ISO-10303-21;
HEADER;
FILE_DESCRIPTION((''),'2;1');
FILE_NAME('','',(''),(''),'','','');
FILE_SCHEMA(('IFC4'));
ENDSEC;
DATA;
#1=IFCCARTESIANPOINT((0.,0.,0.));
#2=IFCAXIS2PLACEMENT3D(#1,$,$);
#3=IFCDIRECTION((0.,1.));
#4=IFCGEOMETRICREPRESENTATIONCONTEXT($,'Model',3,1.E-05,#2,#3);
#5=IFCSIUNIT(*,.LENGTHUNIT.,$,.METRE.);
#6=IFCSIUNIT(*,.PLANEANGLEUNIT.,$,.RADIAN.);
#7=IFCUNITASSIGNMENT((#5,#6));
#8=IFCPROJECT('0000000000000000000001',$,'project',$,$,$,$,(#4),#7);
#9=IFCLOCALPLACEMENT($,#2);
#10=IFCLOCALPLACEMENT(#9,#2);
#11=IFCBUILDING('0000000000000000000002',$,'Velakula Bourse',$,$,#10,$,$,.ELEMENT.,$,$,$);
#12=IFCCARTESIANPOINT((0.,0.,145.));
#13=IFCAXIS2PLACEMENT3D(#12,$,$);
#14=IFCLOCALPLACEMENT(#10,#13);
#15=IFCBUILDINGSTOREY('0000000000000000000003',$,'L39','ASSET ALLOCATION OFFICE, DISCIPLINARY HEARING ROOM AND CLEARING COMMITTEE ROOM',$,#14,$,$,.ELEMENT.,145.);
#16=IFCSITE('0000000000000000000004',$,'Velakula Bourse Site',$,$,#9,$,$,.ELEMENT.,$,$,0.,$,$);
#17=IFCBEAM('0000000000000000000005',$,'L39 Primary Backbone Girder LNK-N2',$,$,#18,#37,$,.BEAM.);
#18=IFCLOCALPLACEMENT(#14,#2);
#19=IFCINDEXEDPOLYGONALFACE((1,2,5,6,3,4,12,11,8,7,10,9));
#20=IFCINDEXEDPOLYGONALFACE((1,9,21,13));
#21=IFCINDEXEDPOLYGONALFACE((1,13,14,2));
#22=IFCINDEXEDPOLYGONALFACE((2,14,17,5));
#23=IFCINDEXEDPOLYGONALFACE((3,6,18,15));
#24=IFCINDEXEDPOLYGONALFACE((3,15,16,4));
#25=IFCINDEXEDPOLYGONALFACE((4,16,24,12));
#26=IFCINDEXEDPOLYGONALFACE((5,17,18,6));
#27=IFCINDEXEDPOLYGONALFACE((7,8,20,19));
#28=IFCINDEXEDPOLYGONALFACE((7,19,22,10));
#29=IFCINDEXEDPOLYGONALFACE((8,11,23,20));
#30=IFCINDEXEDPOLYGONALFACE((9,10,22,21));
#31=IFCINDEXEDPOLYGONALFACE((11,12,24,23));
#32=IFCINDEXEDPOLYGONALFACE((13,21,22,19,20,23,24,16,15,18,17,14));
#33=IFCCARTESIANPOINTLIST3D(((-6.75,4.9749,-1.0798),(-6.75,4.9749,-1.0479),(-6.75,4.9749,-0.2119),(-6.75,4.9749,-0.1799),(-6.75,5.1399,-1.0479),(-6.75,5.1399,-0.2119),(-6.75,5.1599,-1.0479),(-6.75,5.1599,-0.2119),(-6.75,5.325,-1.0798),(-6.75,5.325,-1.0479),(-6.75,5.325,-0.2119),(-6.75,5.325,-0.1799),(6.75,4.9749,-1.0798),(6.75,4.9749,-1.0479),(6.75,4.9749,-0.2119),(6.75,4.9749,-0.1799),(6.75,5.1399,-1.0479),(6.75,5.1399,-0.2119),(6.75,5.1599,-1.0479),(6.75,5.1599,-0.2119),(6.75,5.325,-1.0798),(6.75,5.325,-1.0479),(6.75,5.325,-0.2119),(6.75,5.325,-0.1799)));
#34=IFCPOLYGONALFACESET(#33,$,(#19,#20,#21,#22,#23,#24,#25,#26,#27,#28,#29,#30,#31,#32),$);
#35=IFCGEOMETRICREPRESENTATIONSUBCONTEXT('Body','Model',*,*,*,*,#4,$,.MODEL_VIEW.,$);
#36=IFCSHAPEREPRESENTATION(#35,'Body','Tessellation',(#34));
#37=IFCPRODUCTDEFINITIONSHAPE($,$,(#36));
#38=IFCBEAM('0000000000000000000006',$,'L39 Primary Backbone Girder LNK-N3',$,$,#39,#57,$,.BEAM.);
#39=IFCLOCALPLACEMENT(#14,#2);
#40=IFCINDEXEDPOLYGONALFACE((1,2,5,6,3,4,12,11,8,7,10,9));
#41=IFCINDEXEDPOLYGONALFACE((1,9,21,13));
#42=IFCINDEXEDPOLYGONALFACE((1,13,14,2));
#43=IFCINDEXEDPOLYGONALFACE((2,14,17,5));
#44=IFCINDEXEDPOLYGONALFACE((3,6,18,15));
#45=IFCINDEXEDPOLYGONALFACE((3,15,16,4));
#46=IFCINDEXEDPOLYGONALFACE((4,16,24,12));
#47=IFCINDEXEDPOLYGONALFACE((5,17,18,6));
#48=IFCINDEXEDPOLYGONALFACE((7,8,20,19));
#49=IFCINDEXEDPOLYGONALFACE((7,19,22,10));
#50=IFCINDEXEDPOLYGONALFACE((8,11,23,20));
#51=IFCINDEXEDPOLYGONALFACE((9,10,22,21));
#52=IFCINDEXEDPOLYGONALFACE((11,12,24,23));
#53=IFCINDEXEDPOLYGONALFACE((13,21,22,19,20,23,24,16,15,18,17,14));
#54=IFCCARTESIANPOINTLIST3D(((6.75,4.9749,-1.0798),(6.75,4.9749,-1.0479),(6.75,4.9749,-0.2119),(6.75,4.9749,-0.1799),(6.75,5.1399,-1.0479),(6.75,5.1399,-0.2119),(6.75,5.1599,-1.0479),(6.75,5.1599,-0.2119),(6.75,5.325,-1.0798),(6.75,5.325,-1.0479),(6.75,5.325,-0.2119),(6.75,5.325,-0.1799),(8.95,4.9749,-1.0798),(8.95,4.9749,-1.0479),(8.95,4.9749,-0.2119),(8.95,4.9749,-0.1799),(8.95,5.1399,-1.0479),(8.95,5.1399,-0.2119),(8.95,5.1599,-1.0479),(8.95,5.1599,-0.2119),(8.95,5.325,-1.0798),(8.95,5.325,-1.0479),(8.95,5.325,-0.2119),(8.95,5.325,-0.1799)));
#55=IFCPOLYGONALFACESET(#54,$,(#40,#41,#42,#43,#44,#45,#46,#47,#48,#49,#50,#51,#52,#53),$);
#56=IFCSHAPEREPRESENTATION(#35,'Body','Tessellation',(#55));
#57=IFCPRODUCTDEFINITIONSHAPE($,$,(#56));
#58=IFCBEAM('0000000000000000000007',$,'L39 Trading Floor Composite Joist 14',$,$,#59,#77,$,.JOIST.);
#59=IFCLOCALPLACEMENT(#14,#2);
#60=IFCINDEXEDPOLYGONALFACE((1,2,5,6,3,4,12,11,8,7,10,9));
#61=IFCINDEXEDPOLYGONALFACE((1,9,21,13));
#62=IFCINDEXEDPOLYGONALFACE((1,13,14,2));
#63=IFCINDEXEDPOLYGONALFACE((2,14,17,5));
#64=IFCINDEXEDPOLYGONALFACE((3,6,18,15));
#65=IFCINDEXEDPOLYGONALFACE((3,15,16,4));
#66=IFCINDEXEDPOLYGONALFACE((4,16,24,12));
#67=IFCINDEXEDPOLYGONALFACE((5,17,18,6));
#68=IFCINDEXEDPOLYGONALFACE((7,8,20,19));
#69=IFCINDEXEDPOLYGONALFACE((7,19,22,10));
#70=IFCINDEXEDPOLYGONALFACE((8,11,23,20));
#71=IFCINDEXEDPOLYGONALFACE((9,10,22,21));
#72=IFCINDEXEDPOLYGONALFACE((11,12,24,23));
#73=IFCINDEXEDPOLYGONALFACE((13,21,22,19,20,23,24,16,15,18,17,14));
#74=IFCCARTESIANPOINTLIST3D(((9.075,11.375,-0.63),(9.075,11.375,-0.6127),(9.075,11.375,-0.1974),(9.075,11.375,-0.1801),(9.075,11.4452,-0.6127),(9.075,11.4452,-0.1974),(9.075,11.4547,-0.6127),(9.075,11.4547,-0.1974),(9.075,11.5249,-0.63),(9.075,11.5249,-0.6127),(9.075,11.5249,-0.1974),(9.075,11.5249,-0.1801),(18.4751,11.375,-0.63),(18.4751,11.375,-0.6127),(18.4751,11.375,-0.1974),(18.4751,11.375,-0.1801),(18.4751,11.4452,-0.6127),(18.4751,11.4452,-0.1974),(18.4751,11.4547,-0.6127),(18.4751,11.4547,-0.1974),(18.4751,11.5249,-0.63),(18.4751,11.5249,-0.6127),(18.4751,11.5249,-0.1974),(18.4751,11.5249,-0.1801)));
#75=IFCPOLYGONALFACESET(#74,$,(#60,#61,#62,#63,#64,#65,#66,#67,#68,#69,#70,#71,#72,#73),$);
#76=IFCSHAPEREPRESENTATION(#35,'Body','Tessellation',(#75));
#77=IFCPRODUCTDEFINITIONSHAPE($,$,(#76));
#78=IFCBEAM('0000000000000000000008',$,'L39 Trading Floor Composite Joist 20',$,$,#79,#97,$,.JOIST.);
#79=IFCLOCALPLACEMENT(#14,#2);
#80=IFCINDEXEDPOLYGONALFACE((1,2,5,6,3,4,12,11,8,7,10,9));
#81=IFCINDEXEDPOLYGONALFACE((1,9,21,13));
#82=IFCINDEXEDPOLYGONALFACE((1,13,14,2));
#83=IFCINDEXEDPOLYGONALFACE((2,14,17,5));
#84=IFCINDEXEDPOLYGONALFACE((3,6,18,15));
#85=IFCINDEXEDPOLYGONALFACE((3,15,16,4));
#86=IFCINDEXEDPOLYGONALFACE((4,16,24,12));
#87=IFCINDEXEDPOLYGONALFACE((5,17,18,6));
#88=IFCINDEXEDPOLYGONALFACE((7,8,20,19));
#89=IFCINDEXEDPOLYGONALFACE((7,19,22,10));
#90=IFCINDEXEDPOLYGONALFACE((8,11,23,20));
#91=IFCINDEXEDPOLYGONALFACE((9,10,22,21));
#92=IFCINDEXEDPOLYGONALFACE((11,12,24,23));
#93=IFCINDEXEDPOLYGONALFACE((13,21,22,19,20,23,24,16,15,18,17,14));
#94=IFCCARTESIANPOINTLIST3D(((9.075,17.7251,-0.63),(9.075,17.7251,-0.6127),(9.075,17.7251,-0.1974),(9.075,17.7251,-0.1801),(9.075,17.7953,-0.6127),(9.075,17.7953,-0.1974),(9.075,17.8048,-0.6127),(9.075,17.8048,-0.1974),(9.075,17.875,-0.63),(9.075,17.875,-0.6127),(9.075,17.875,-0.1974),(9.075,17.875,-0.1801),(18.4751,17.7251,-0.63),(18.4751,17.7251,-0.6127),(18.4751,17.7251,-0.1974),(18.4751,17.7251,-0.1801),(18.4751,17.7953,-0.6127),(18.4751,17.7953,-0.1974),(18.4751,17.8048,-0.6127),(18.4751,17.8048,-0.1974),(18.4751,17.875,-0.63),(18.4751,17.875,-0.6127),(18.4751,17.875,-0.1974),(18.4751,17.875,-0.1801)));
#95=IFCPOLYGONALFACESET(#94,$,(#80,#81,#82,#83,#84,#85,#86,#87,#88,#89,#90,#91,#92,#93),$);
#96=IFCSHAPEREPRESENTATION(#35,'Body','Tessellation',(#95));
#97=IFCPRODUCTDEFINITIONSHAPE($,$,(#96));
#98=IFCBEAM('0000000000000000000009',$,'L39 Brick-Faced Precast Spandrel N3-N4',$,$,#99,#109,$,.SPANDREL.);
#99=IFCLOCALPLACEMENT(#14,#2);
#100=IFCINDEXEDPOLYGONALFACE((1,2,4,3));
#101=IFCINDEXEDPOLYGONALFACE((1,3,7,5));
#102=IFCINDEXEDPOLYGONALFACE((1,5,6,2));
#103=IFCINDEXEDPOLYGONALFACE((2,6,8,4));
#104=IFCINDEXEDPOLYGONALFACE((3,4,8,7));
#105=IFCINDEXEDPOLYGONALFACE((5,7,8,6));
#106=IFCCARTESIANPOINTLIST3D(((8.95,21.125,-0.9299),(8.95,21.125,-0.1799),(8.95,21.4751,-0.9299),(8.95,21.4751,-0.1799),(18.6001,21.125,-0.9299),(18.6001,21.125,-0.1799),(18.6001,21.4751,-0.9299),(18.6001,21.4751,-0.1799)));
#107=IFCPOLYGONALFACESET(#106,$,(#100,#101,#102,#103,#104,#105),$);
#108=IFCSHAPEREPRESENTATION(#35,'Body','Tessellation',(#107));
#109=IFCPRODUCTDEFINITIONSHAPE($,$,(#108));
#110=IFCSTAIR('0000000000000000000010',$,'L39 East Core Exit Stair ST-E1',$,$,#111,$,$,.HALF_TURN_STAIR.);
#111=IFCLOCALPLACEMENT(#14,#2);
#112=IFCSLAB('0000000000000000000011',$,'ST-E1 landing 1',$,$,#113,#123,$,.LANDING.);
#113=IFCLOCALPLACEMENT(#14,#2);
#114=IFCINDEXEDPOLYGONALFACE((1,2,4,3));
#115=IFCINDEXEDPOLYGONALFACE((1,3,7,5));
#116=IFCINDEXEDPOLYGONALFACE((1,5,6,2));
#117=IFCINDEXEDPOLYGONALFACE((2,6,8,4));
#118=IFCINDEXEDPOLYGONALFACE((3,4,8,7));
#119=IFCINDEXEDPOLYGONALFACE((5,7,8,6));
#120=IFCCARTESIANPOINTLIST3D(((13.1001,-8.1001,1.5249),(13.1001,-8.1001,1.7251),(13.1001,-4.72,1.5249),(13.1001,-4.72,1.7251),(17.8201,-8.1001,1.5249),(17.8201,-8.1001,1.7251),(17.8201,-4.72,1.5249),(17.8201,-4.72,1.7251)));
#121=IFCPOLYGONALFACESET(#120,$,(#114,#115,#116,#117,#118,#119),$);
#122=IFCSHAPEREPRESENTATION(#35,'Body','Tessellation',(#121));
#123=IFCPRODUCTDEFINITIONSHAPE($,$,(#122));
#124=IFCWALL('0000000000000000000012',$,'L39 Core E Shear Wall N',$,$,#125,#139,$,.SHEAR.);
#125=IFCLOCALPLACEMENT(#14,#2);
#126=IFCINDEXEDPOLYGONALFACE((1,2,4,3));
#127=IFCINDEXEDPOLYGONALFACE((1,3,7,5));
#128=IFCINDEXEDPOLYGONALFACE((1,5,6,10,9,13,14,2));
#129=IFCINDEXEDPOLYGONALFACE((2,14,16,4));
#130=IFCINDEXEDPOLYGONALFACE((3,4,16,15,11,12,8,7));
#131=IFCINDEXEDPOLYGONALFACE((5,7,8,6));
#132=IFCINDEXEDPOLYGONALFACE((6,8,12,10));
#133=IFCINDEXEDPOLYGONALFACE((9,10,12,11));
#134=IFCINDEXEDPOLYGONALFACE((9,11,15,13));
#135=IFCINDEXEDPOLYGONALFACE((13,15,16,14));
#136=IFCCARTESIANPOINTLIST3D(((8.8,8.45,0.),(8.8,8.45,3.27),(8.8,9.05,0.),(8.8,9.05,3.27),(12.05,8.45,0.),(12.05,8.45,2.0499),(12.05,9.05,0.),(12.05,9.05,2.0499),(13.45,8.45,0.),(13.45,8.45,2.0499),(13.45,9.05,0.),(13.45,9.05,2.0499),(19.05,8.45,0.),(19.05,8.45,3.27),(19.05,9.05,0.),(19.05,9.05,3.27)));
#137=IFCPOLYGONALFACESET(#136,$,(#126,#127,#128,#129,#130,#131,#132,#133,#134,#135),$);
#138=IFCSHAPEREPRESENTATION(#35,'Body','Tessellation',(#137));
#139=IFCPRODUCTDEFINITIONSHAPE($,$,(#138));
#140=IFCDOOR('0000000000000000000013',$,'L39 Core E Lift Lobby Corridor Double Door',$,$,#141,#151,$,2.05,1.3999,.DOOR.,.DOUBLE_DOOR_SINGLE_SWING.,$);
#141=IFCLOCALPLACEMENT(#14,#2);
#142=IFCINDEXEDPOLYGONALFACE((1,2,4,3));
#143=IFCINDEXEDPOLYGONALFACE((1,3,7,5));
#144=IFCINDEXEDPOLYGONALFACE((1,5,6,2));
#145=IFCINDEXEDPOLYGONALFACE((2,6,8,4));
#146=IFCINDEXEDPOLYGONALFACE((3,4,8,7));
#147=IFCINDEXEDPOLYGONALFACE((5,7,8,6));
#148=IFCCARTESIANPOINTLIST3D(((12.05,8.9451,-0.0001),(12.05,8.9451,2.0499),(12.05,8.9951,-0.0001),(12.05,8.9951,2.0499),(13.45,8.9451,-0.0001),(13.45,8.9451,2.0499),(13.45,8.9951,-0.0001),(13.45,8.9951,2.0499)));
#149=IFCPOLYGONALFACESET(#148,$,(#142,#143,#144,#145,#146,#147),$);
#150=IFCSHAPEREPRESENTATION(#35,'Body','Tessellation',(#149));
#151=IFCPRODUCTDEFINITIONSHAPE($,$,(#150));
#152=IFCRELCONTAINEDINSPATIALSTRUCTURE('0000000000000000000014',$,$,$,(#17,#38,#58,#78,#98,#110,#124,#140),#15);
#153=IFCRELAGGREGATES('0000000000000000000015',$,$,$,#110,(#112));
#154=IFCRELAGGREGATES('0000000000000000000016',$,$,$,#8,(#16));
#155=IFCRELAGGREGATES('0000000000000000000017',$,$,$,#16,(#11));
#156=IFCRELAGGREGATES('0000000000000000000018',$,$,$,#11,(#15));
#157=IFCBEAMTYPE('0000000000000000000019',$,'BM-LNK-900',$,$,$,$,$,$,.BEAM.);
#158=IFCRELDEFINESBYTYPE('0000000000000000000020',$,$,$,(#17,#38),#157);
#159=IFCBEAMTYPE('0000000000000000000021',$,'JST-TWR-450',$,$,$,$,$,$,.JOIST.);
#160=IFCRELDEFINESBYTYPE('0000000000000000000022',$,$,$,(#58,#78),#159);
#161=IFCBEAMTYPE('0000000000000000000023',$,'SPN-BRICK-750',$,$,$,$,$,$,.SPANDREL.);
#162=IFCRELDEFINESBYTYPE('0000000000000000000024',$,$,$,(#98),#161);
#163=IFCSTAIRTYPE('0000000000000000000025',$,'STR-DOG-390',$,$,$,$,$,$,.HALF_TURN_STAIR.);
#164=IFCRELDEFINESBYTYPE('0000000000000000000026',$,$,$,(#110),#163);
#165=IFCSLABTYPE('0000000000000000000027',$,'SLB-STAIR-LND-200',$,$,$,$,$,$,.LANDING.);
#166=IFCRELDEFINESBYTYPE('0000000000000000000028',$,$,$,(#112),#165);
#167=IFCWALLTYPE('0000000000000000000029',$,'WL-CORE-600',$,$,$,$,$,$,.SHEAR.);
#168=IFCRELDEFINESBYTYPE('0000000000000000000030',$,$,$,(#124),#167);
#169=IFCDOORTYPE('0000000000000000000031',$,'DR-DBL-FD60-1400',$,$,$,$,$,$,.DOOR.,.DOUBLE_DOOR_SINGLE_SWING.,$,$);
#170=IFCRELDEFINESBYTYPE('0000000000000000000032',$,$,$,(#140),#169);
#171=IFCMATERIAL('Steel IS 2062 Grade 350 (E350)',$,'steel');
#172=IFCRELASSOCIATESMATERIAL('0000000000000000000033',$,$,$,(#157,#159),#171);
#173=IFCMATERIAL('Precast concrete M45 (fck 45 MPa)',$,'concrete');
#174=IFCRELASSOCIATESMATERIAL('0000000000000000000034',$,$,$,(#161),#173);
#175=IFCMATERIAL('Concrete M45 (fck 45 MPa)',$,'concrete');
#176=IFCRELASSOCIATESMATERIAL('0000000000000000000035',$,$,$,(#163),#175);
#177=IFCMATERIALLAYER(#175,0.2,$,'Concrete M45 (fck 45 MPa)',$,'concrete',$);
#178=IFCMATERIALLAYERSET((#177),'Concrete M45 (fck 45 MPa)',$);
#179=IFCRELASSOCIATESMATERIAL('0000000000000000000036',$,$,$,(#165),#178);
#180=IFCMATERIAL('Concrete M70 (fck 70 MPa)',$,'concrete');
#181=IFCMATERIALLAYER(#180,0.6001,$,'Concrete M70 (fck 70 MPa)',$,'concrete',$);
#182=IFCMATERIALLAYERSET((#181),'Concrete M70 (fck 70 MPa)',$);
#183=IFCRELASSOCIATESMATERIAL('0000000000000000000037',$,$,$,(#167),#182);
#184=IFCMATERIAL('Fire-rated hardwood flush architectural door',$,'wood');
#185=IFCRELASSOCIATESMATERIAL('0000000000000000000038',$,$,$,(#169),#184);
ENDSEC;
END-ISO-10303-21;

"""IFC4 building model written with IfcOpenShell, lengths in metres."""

from ifc_helpers import new_model, si_unit, direction, frame, frame_2d, origin, origin_2d, place, context, subcontext, project, spatial, polyline, rectangle, i_section, outline, extrude, material, layer, layer_set, material_profile, profile_set, type_object, element, fill, aggregate, save


model = new_model("IFC4")

# Units and contexts
model_context = context("Model", 3, precision=1e-05, world=origin(), true_north=direction((0.0, 1.0)))
body_context = subcontext(model_context, "Body", "Model", "MODEL_VIEW")
ifc_project = project(units=[si_unit("LENGTHUNIT", "METRE"), si_unit("PLANEANGLEUNIT", "RADIAN")], contexts=[model_context])

# Site, building, storey
site_placement = place(None, origin())
site = spatial("IfcSite", under=ifc_project, at=site_placement, Name="Velakula Bourse Site", CompositionType="ELEMENT", RefElevation=0.0)
building_placement = place(site_placement, origin())
building = spatial("IfcBuilding", under=site, at=building_placement, Name="Velakula Bourse", CompositionType="ELEMENT")
storey_placement = place(building_placement, frame((0.0, 0.0, 145.0)))
storey = spatial("IfcBuildingStorey", under=building, at=storey_placement, Name="L39", Description="ASSET ALLOCATION OFFICE, DISCIPLINARY HEARING ROOM AND CLEARING COMMITTEE ROOM", CompositionType="ELEMENT", Elevation=145.0)

# Shared definitions
ifc_material_1 = material(Name="Concrete M70 (fck 70 MPa)", Category="concrete")
ifc_material_2 = material(Name="Steel IS 2062 Grade 350 (E350)", Category="steel")

# Beams
ifc_material_profile_1 = material_profile(ifc_material_2, i_section(OverallWidth=0.3501, OverallDepth=0.8999, WebThickness=0.02, FlangeThickness=0.032, at=origin_2d()), Name="Steel IS 2062 Grade 350 (E350)")
ifc_profile_set_1 = profile_set([ifc_material_profile_1], Name="Steel IS 2062 Grade 350 (E350)")
beam_type_1 = type_object("IfcBeamType", Name="BM-LNK-900", PredefinedType="BEAM", material=ifc_profile_set_1)
beam_1_placement = place(storey_placement, frame((-6.75, 5.1499, -0.6299), z_axis=(1.0, 0.0, 0.0), x_axis=(0.0, 1.0, 0.0)))
element("IfcBeam", 1, at=beam_1_placement, inside=storey, type_object=beam_type_1, Name="L39 Primary Backbone Girder LNK-N2", PredefinedType="BEAM", context=body_context, shape_type="SweptSolid", body=[
    extrude(i_section(OverallWidth=0.3501, OverallDepth=0.8999, WebThickness=0.02, FlangeThickness=0.032, at=origin_2d()), origin(), (0.0, 0.0, 1.0), 13.5),
])
beam_2_placement = place(storey_placement, frame((6.75, 5.1499, -0.6299), z_axis=(1.0, 0.0, 0.0), x_axis=(0.0, 1.0, 0.0)))
element("IfcBeam", 2, at=beam_2_placement, inside=storey, type_object=beam_type_1, Name="L39 Primary Backbone Girder LNK-N3", PredefinedType="BEAM", context=body_context, shape_type="SweptSolid", body=[
    extrude(i_section(OverallWidth=0.3501, OverallDepth=0.8999, WebThickness=0.02, FlangeThickness=0.032, at=origin_2d()), origin(), (0.0, 0.0, 1.0), 2.2),
])
ifc_material_profile_2 = material_profile(ifc_material_2, i_section(OverallWidth=0.1499, OverallDepth=0.45, WebThickness=0.0095, FlangeThickness=0.0173, at=origin_2d()), Name="Steel IS 2062 Grade 350 (E350)")
ifc_profile_set_2 = profile_set([ifc_material_profile_2], Name="Steel IS 2062 Grade 350 (E350)")
beam_type_2 = type_object("IfcBeamType", Name="JST-TWR-450", PredefinedType="JOIST", material=ifc_profile_set_2)
for number, where, z_axis, x_axis, name in (
    (3, (9.075, 11.45, -0.405), (1.0, 0.0, 0.0), (0.0, 1.0, 0.0), "L39 Trading Floor Composite Joist 14"),
    (4, (9.075, 17.8, -0.405), (1.0, 0.0, 0.0), (0.0, 1.0, 0.0), "L39 Trading Floor Composite Joist 20"),
):
    element("IfcBeam", number, at=place(storey_placement, frame(where, z_axis=z_axis, x_axis=x_axis)), inside=storey, type_object=beam_type_2, Name=name, PredefinedType="JOIST", context=body_context, shape_type="SweptSolid", body=[
        extrude(i_section(OverallWidth=0.1499, OverallDepth=0.45, WebThickness=0.0095, FlangeThickness=0.0173, at=origin_2d()), origin(), (0.0, 0.0, 1.0), 9.4001),
    ])
ifc_material_3 = material(Name="Precast concrete M45 (fck 45 MPa)", Category="concrete")
ifc_material_profile_3 = material_profile(ifc_material_3, rectangle(XDim=0.3501, YDim=0.75, at=origin_2d()), Name="Precast concrete M45 (fck 45 MPa)")
ifc_profile_set_3 = profile_set([ifc_material_profile_3], Name="Precast concrete M45 (fck 45 MPa)")
beam_type_3 = type_object("IfcBeamType", Name="SPN-BRICK-750", PredefinedType="SPANDREL", material=ifc_profile_set_3)
beam_3_placement = place(storey_placement, frame((8.95, 21.3, -0.5549), z_axis=(1.0, 0.0, 0.0), x_axis=(0.0, 1.0, 0.0)))
element("IfcBeam", 5, at=beam_3_placement, inside=storey, type_object=beam_type_3, Name="L39 Brick-Faced Precast Spandrel N3-N4", PredefinedType="SPANDREL", context=body_context, shape_type="SweptSolid", body=[
    extrude(rectangle(XDim=0.3501, YDim=0.75, at=origin_2d()), origin(), (0.0, 0.0, 1.0), 9.6501),
])

# Stair, slab
ifc_material_4 = material(Name="Concrete M45 (fck 45 MPa)", Category="concrete")
stair_type = type_object("IfcStairType", Name="STR-DOG-390", PredefinedType="HALF_TURN_STAIR", material=ifc_material_4)
stair_placement = place(storey_placement, origin())
stair = element("IfcStair", 6, at=stair_placement, inside=storey, type_object=stair_type, Name="L39 East Core Exit Stair ST-E1", PredefinedType="HALF_TURN_STAIR")
ifc_layer_1 = layer(ifc_material_4, 0.2, Name="Concrete M45 (fck 45 MPa)", Category="concrete")
ifc_layer_set_1 = layer_set([ifc_layer_1], Name="Concrete M45 (fck 45 MPa)")
slab_type = type_object("IfcSlabType", Name="SLB-STAIR-LND-200", PredefinedType="LANDING", material=ifc_layer_set_1)
slab_placement = place(storey_placement, frame((0.0, 0.0, 1.5249)))
slab = element("IfcSlab", 7, at=slab_placement, type_object=slab_type, Name="ST-E1 landing 1", PredefinedType="LANDING", context=body_context, shape_type="SweptSolid", body=[
    extrude(outline(polyline([(13.1001, -4.72), (13.1001, -8.1001), (17.8201, -8.1001), (17.8201, -4.72), (13.1001, -4.72)])), origin(), (0.0, 0.0, 1.0), 0.2002),
])
aggregate(stair, [slab])

# Wall, opening, door
ifc_layer_2 = layer(ifc_material_1, 0.6001, Name="Concrete M70 (fck 70 MPa)", Category="concrete")
ifc_layer_set_2 = layer_set([ifc_layer_2], Name="Concrete M70 (fck 70 MPa)")
wall_type_1 = type_object("IfcWallType", Name="WL-CORE-600", PredefinedType="SHEAR", material=ifc_layer_set_2)
wall_1_placement = place(storey_placement, frame((8.8, 8.75, 0.0), z_axis=(0.0, 0.0, 1.0), x_axis=(1.0, 0.0, 0.0)))
wall_1 = element("IfcWall", 8, at=wall_1_placement, inside=storey, type_object=wall_type_1, Name="L39 Core E Shear Wall N", PredefinedType="SHEAR", context=body_context, shape_type="SweptSolid", body=[
    extrude(rectangle(XDim=10.25, YDim=0.6001, at=frame_2d((5.125, 0.0))), origin(), (0.0, 0.0, 1.0), 3.27),
])
opening_1_placement = place(wall_1_placement, frame((3.25, 0.0, 0.0)))
opening_1 = element("IfcOpeningElement", 9, at=opening_1_placement, cuts=wall_1, PredefinedType="OPENING", context=body_context, shape_type="SweptSolid", body=[
    extrude(rectangle(XDim=1.3999, YDim=2.05, at=frame_2d((0.7, 1.0249))), frame((0.0, 0.3101, 0.0), z_axis=(0.0, -1.0, 0.0), x_axis=(1.0, 0.0, 0.0)), (0.0, 0.0, 1.0), 0.6201),
])
ifc_material_5 = material(Name="Fire-rated hardwood flush architectural door", Category="wood")
door_type = type_object("IfcDoorType", Name="DR-DBL-FD60-1400", OperationType="DOUBLE_DOOR_SINGLE_SWING", PredefinedType="DOOR", material=ifc_material_5)
door_placement = place(opening_1_placement, origin())
door = element("IfcDoor", 10, at=door_placement, inside=storey, type_object=door_type, Name="L39 Core E Lift Lobby Corridor Double Door", OperationType="DOUBLE_DOOR_SINGLE_SWING", OverallHeight=2.05, OverallWidth=1.3999, PredefinedType="DOOR", context=body_context, shape_type="SweptSolid", body=[
    extrude(rectangle(XDim=1.3999, YDim=2.05, at=frame_2d((0.7, 1.0249))), frame((0.0, 0.2451, 0.0), z_axis=(0.0, -1.0, 0.0), x_axis=(1.0, 0.0, 0.0)), (0.0, 0.0, 1.0), 0.05),
])
fill(opening_1, door)

save(model, "model.ifc")
